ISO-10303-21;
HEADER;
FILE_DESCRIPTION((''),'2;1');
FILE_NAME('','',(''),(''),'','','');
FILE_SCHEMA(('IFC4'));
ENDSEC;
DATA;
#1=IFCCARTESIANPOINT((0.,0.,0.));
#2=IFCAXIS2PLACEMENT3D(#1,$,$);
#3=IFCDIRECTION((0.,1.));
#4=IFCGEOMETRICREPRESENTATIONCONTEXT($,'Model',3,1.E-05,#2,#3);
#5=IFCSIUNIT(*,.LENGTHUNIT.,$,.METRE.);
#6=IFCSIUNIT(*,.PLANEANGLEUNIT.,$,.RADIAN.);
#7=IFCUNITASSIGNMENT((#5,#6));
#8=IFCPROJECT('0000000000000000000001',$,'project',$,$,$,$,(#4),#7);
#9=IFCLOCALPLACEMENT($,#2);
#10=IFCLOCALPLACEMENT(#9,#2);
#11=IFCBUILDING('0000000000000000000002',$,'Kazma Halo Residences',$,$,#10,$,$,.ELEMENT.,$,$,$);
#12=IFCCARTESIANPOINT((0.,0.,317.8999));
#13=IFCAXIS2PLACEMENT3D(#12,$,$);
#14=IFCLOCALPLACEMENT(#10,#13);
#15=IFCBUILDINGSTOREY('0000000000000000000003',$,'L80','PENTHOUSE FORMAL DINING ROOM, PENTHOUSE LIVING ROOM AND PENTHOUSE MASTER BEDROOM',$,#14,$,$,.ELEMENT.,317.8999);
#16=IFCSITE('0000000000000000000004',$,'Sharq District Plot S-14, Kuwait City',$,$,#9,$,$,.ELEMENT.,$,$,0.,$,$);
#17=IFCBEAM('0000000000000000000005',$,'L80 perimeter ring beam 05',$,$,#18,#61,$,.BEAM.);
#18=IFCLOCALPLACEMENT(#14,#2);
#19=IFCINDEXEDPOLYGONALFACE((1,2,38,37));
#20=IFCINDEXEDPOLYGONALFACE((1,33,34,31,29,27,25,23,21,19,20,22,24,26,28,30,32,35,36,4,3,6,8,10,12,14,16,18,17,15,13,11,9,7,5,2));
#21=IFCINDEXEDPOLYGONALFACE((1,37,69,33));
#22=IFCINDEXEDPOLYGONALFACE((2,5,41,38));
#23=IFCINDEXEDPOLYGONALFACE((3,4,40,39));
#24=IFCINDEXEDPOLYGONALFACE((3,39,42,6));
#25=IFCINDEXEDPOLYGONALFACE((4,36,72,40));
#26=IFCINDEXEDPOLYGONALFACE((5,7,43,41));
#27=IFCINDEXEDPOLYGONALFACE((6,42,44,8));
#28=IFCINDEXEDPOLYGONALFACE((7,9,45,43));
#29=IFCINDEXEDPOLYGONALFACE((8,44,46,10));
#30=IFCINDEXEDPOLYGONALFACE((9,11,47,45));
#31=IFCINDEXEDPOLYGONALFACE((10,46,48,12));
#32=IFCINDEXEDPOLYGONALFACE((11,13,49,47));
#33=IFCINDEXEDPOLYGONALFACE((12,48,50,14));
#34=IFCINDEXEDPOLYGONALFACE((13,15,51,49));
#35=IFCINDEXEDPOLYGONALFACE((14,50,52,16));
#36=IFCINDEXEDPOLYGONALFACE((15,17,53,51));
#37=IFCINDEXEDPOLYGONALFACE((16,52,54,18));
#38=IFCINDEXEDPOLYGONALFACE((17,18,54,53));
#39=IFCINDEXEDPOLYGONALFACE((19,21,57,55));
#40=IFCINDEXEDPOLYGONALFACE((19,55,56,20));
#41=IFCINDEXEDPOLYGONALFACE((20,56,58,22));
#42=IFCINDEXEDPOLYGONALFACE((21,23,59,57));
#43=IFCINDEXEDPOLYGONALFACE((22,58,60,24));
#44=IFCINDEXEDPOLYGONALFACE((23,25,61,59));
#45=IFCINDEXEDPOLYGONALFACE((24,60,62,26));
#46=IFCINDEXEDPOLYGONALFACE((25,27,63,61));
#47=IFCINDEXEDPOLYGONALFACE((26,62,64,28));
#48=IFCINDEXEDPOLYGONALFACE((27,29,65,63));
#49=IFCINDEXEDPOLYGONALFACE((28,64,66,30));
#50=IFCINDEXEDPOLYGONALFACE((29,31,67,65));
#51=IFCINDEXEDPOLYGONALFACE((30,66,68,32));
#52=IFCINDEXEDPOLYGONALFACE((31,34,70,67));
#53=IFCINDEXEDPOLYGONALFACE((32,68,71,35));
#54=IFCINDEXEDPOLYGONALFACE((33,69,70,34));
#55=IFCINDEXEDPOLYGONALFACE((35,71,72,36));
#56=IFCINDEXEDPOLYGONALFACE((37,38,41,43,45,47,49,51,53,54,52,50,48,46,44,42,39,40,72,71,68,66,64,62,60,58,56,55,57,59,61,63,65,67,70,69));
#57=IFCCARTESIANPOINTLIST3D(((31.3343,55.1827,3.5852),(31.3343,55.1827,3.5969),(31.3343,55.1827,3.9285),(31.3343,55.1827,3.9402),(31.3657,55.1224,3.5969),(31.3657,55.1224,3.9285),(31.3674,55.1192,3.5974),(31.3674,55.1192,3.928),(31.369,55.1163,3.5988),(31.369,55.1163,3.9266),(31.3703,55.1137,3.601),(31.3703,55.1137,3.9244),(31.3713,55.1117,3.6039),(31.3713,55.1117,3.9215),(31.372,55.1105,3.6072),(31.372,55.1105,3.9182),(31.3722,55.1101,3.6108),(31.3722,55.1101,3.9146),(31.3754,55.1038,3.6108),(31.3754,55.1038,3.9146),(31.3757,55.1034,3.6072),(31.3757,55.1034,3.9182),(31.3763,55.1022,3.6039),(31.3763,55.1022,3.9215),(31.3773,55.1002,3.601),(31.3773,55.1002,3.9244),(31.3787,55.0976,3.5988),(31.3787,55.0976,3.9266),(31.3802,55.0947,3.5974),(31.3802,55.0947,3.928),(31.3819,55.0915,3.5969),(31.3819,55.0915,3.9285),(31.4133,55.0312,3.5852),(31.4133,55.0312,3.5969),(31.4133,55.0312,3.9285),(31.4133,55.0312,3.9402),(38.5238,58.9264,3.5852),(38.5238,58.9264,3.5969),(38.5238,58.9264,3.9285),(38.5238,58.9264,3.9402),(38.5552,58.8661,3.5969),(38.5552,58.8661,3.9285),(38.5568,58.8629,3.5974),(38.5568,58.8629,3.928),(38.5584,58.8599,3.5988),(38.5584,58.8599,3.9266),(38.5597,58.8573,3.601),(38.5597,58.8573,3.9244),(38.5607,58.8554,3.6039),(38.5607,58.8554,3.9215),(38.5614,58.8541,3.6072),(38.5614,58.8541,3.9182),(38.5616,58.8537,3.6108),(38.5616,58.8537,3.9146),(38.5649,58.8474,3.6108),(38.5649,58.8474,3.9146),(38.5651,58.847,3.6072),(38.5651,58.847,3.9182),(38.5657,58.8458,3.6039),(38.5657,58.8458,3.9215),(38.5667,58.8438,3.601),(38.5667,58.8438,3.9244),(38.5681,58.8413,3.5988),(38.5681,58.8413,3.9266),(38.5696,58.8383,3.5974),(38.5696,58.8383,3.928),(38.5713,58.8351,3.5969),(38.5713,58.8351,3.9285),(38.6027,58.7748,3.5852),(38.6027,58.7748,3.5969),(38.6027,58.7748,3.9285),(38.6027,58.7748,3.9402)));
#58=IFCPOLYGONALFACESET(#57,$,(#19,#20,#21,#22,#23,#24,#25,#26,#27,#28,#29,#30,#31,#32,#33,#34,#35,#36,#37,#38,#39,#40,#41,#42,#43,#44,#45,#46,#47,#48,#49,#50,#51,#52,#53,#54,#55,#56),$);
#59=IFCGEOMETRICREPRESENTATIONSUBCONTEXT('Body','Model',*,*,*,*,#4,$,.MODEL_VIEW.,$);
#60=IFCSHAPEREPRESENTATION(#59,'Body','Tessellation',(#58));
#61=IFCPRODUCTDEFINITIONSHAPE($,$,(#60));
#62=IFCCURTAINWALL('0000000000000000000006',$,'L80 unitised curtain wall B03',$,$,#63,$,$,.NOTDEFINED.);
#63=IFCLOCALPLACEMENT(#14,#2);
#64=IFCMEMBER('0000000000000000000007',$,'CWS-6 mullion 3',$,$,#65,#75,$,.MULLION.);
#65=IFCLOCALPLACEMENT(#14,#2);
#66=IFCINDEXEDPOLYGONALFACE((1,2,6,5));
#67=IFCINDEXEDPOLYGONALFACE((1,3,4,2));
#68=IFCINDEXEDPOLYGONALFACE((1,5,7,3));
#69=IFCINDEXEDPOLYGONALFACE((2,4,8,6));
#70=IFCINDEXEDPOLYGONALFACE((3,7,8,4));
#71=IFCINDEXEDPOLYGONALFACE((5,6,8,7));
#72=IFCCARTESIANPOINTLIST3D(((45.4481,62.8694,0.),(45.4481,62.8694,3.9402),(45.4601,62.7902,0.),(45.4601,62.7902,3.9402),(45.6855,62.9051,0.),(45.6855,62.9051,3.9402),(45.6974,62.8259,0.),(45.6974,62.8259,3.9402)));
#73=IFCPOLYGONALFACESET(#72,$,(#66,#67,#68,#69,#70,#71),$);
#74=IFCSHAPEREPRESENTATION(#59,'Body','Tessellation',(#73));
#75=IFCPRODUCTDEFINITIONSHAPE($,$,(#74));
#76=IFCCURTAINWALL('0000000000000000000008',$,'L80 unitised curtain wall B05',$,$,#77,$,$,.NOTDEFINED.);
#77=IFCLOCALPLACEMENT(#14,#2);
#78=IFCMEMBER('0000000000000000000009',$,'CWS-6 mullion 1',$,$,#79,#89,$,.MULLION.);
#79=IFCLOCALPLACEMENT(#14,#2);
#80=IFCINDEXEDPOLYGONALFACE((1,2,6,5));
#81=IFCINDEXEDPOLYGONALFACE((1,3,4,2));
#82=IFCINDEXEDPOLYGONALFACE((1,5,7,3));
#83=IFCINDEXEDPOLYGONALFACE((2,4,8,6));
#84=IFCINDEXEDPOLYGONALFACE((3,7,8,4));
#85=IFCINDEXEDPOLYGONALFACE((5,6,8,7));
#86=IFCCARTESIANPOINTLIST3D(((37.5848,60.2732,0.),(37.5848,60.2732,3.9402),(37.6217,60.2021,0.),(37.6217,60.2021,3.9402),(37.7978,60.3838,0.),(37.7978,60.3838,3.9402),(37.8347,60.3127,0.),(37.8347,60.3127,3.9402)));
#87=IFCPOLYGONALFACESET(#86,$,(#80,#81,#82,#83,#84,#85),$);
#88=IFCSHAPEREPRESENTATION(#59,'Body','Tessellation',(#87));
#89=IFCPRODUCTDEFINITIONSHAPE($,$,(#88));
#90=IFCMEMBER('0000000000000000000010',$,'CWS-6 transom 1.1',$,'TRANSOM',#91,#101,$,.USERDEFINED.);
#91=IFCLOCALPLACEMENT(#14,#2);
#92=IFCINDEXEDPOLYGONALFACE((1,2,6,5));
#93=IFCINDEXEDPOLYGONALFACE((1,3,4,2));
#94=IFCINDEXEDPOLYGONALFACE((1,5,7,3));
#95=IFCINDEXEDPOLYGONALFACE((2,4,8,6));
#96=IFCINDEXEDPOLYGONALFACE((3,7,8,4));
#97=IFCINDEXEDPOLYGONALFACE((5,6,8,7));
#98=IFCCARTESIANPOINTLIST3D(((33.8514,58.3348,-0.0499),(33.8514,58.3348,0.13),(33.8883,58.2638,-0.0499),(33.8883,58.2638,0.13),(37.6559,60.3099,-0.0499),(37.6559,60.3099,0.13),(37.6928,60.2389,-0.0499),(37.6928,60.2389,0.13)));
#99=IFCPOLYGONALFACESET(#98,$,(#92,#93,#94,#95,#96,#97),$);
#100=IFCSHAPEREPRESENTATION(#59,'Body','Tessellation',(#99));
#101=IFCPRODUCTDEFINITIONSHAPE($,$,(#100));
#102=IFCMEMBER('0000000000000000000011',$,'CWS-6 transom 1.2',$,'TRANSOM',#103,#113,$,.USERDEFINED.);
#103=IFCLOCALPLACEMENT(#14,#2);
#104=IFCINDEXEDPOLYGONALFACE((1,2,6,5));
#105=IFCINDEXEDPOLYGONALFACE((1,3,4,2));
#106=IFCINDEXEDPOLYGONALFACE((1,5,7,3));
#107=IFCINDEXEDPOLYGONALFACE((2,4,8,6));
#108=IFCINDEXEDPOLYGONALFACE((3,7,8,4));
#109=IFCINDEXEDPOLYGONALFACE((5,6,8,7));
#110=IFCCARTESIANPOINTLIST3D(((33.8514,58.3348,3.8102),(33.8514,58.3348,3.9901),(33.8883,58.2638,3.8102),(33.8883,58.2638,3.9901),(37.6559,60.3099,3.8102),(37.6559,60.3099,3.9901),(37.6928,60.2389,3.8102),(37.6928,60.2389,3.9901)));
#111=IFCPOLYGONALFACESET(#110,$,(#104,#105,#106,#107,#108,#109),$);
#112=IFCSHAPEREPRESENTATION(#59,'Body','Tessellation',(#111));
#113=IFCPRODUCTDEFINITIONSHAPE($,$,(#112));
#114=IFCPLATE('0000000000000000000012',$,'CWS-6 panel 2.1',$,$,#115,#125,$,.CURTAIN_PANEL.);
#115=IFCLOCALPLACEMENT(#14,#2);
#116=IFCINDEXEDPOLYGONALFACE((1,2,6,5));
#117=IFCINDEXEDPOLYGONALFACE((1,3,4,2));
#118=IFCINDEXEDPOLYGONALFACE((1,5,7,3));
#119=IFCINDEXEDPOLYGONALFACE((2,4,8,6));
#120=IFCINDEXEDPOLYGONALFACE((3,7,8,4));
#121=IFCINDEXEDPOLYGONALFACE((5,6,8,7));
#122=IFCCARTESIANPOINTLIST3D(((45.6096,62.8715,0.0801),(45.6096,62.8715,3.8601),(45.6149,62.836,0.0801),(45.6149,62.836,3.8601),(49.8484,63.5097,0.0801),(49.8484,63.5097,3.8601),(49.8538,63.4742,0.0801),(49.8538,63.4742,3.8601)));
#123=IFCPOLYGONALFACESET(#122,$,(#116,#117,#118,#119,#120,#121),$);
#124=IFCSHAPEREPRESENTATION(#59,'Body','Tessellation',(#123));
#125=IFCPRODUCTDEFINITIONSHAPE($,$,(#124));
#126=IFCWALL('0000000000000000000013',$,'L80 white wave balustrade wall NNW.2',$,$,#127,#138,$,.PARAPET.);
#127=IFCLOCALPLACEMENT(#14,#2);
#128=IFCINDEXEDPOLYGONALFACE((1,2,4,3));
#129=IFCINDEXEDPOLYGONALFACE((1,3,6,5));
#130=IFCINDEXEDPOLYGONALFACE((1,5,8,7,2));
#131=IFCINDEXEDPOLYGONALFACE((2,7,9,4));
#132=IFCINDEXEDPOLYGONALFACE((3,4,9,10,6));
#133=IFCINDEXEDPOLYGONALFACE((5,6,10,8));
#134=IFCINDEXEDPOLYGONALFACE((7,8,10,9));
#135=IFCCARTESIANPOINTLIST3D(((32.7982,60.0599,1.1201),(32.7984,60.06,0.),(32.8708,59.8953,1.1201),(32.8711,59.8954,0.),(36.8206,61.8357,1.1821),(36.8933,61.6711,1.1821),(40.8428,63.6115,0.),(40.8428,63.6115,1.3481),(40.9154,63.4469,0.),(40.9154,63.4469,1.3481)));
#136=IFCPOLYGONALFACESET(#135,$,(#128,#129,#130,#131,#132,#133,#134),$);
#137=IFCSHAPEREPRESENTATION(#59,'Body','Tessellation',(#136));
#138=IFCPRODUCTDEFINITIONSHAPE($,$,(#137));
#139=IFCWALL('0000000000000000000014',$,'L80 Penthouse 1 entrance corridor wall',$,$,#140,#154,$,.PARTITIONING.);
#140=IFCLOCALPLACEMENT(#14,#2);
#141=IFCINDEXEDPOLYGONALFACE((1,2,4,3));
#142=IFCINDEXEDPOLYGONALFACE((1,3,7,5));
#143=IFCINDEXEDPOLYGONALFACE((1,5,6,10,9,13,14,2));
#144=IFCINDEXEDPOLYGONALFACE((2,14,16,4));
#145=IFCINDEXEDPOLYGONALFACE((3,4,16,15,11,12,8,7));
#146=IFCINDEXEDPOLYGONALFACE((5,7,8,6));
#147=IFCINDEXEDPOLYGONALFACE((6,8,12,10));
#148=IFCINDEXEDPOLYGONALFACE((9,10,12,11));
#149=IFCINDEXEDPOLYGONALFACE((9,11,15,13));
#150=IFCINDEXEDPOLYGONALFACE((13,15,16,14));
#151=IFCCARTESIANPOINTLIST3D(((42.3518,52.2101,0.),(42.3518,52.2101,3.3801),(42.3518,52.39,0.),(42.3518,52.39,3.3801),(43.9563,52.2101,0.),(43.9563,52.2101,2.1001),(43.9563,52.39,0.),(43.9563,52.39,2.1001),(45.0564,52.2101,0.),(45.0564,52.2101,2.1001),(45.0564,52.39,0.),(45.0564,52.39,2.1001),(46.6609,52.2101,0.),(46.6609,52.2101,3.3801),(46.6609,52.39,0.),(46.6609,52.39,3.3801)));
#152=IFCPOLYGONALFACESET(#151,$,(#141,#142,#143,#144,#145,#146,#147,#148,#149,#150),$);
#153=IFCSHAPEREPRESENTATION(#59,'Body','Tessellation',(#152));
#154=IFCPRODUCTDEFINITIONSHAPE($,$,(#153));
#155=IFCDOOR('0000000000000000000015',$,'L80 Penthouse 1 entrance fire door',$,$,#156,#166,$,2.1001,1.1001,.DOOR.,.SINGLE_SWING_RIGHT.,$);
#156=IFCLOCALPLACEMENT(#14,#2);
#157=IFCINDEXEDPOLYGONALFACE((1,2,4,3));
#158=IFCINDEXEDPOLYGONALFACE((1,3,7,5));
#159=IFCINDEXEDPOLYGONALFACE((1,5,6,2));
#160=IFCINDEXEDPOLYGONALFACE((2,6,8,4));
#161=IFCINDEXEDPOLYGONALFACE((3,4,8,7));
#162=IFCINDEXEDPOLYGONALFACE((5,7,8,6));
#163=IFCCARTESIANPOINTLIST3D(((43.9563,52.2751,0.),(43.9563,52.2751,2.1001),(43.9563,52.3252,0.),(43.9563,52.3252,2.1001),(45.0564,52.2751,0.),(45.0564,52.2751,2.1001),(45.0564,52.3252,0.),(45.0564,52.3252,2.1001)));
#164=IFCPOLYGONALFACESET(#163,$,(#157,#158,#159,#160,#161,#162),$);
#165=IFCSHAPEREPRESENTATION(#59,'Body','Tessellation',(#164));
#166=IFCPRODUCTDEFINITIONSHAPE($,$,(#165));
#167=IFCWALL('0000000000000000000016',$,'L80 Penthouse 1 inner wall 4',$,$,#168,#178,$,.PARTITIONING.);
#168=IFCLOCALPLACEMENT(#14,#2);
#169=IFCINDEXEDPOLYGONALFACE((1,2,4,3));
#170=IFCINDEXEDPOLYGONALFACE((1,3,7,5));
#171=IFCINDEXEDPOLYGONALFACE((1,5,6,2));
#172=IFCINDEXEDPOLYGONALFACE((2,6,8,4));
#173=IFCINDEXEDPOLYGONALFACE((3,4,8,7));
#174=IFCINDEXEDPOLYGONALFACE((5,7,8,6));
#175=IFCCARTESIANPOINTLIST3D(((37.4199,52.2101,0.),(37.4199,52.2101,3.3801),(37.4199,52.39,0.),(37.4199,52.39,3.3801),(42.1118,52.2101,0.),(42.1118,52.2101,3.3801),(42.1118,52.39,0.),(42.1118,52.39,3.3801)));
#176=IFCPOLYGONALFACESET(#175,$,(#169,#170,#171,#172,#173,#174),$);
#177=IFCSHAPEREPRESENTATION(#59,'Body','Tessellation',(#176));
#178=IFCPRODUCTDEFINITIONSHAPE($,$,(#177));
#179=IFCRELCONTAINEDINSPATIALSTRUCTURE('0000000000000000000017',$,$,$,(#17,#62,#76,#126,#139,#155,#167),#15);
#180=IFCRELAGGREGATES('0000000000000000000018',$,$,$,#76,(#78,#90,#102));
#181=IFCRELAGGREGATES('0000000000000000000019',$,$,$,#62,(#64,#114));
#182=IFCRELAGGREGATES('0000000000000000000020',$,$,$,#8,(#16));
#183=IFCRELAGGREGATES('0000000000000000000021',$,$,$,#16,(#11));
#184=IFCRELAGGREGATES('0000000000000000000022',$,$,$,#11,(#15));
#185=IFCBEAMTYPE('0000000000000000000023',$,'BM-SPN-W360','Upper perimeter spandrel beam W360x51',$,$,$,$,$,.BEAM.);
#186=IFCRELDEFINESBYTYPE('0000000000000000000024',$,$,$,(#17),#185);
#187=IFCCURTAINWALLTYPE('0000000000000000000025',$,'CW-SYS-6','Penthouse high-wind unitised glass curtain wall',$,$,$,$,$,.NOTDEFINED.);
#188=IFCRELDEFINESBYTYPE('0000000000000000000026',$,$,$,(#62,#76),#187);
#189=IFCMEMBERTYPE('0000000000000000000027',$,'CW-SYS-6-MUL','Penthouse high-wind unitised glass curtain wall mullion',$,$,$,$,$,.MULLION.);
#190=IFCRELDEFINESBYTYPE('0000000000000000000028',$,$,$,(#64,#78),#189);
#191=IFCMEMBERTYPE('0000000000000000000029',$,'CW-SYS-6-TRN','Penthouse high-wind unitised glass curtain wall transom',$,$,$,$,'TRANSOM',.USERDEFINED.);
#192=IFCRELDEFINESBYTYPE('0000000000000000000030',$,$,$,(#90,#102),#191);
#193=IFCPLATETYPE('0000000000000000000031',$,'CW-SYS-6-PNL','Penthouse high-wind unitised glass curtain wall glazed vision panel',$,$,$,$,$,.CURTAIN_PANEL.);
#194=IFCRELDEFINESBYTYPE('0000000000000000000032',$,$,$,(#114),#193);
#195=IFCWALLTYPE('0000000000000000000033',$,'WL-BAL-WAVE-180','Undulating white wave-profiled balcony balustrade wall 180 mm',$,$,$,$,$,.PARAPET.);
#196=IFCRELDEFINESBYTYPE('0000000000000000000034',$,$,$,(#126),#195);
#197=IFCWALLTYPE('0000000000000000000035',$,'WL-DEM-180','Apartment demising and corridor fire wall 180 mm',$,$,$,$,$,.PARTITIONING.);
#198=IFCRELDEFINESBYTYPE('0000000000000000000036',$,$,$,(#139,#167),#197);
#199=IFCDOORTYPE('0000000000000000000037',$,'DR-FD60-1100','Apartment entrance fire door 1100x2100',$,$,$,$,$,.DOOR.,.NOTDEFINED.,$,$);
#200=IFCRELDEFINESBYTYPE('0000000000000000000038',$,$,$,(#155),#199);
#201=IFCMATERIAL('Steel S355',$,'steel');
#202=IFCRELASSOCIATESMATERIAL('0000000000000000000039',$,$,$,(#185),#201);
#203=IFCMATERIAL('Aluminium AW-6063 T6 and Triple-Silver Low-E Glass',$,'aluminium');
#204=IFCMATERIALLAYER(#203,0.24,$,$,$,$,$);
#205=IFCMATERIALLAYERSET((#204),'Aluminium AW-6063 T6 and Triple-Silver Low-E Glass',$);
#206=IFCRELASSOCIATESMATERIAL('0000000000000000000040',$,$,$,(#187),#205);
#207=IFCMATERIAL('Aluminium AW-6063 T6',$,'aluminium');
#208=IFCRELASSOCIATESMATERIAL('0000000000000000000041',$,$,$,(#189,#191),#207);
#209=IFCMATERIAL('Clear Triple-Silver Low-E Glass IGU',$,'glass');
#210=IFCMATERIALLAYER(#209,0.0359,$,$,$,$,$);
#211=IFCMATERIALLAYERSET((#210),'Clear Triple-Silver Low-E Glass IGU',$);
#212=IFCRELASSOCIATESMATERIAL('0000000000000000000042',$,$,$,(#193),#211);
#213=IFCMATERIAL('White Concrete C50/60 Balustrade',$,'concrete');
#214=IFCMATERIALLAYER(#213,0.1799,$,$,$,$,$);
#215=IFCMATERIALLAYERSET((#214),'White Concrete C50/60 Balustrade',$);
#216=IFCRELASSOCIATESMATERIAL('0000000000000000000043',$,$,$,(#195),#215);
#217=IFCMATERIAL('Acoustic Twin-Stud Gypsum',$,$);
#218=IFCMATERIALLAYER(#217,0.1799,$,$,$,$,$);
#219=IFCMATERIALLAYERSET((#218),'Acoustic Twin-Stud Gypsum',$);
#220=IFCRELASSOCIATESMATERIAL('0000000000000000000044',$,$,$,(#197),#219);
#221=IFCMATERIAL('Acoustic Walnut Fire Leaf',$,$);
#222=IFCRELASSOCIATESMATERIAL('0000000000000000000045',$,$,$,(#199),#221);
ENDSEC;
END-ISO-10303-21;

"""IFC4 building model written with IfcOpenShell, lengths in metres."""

from ifc_helpers import new_model, si_unit, direction, frame, frame_2d, origin, origin_2d, place, context, subcontext, project, spatial, polyline, rectangle, i_section, outline, extrude, material, layer, layer_set, material_profile, profile_set, type_object, element, fill, aggregate, save


model = new_model("IFC4")

# Units and contexts
model_context = context("Model", 3, precision=1e-05, world=origin(), true_north=direction((0.0, 1.0)))
body_context = subcontext(model_context, "Body", "Model", "MODEL_VIEW")
ifc_project = project(units=[si_unit("LENGTHUNIT", "METRE"), si_unit("PLANEANGLEUNIT", "RADIAN")], contexts=[model_context])

# Site, building, storey
site_placement = place(None, origin())
site = spatial("IfcSite", under=ifc_project, at=site_placement, Name="Sharq District Plot S-14, Kuwait City", CompositionType="ELEMENT", RefElevation=0.0)
building_placement = place(site_placement, origin())
building = spatial("IfcBuilding", under=site, at=building_placement, Name="Kazma Halo Residences", CompositionType="ELEMENT")
storey_placement = place(building_placement, frame((0.0, 0.0, 317.8999)))
storey = spatial("IfcBuildingStorey", under=building, at=storey_placement, Name="L80", Description="PENTHOUSE FORMAL DINING ROOM, PENTHOUSE LIVING ROOM AND PENTHOUSE MASTER BEDROOM", CompositionType="ELEMENT", Elevation=317.8999)

# Beam
ifc_material_1 = material(Name="Steel S355", Category="steel")
ifc_material_profile_1 = material_profile(ifc_material_1, i_section(OverallWidth=0.1709, OverallDepth=0.355, WebThickness=0.0071, FlangeThickness=0.0117, FilletRadius=0.0139, at=origin_2d()), Name="W360x51")
ifc_profile_set_1 = profile_set([ifc_material_profile_1], Name="Steel S355")
beam_type_1 = type_object("IfcBeamType", Name="BM-SPN-W360", Description="Upper perimeter spandrel beam W360x51", PredefinedType="BEAM", material=ifc_profile_set_1)
beam_1_placement = place(storey_placement, frame((38.5632, 58.8506, 3.7627), z_axis=(-0.886957, -0.461851, 0.0), x_axis=(0.461851, -0.886957, 0.0)))
element("IfcBeam", 1, at=beam_1_placement, inside=storey, type_object=beam_type_1, Name="L80 perimeter ring beam 05", PredefinedType="BEAM", context=body_context, shape_type="SweptSolid", body=[
    extrude(i_section(OverallWidth=0.1709, OverallDepth=0.355, WebThickness=0.0071, FlangeThickness=0.0117, FilletRadius=0.0139, at=origin_2d()), origin(), (0.0, 0.0, 1.0), 8.1057),
])

# Curtain wall, member
ifc_material_2 = material(Name="Aluminium AW-6063 T6 and Triple-Silver Low-E Glass", Category="aluminium")
ifc_layer_1 = layer(ifc_material_2, 0.24)
ifc_layer_set_1 = layer_set([ifc_layer_1], Name="Aluminium AW-6063 T6 and Triple-Silver Low-E Glass")
curtain_wall_type = type_object("IfcCurtainWallType", Name="CW-SYS-6", Description="Penthouse high-wind unitised glass curtain wall", PredefinedType="NOTDEFINED", material=ifc_layer_set_1)
curtain_wall_1_placement = place(storey_placement, origin())
curtain_wall_1 = element("IfcCurtainWall", 2, at=curtain_wall_1_placement, inside=storey, type_object=curtain_wall_type, Name="L80 unitised curtain wall B03", PredefinedType="NOTDEFINED")
ifc_material_3 = material(Name="Aluminium AW-6063 T6", Category="aluminium")
ifc_material_profile_2 = material_profile(ifc_material_3, rectangle(XDim=0.0801, YDim=0.24, at=origin_2d()), Name="CWM-80x240")
ifc_profile_set_2 = profile_set([ifc_material_profile_2], Name="Aluminium AW-6063 T6")
member_type_1 = type_object("IfcMemberType", Name="CW-SYS-6-MUL", Description="Penthouse high-wind unitised glass curtain wall mullion", PredefinedType="MULLION", material=ifc_profile_set_2)
member_1_placement = place(storey_placement, frame((45.5728, 62.8477, 0.0), z_axis=(0.0, 0.0, 1.0), x_axis=(0.148871, -0.988857, 0.0)))
member_1 = element("IfcMember", 3, at=member_1_placement, type_object=member_type_1, Name="CWS-6 mullion 3", PredefinedType="MULLION", context=body_context, shape_type="SweptSolid", body=[
    extrude(rectangle(XDim=0.0801, YDim=0.24, at=origin_2d()), origin(), (0.0, 0.0, 1.0), 3.9402),
])

# Curtain wall, members
curtain_wall_2_placement = place(storey_placement, origin())
curtain_wall_2 = element("IfcCurtainWall", 4, at=curtain_wall_2_placement, inside=storey, type_object=curtain_wall_type, Name="L80 unitised curtain wall B05", PredefinedType="NOTDEFINED")
member_2_placement = place(storey_placement, frame((37.7097, 60.293, 0.0), z_axis=(0.0, 0.0, 1.0), x_axis=(0.460796, -0.887506, 0.0)))
member_2 = element("IfcMember", 5, at=member_2_placement, type_object=member_type_1, Name="CWS-6 mullion 1", PredefinedType="MULLION", context=body_context, shape_type="SweptSolid", body=[
    extrude(rectangle(XDim=0.0801, YDim=0.24, at=origin_2d()), origin(), (0.0, 0.0, 1.0), 3.9402),
])
ifc_material_profile_3 = material_profile(ifc_material_3, rectangle(XDim=0.0801, YDim=0.1799, at=origin_2d()), Name="CWT-80x180")
ifc_profile_set_3 = profile_set([ifc_material_profile_3], Name="Aluminium AW-6063 T6")
member_type_2 = type_object("IfcMemberType", Name="CW-SYS-6-TRN", Description="Penthouse high-wind unitised glass curtain wall transom", ElementType="TRANSOM", PredefinedType="USERDEFINED", material=ifc_profile_set_3)
member_3_placement = place(storey_placement, frame((37.6743, 60.2744, 0.04), z_axis=(-0.887523, -0.460763, 0.0), x_axis=(0.460763, -0.887523, 0.0)))
member_3 = element("IfcMember", 6, at=member_3_placement, type_object=member_type_2, Name="CWS-6 transom 1.1", ObjectType="TRANSOM", PredefinedType="USERDEFINED", context=body_context, shape_type="SweptSolid", body=[
    extrude(rectangle(XDim=0.0801, YDim=0.1799, at=origin_2d()), origin(), (0.0, 0.0, 1.0), 4.2866),
])
member_4_placement = place(storey_placement, frame((37.6743, 60.2744, 3.9001), z_axis=(-0.887523, -0.460763, 0.0), x_axis=(0.460763, -0.887523, 0.0)))
member_4 = element("IfcMember", 7, at=member_4_placement, type_object=member_type_2, Name="CWS-6 transom 1.2", ObjectType="TRANSOM", PredefinedType="USERDEFINED", context=body_context, shape_type="SweptSolid", body=[
    extrude(rectangle(XDim=0.0801, YDim=0.1799, at=origin_2d()), origin(), (0.0, 0.0, 1.0), 4.2866),
])
aggregate(curtain_wall_2, [member_2, member_3, member_4])

# Plate
ifc_material_4 = material(Name="Clear Triple-Silver Low-E Glass IGU", Category="glass")
ifc_layer_2 = layer(ifc_material_4, 0.0359)
ifc_layer_set_2 = layer_set([ifc_layer_2], Name="Clear Triple-Silver Low-E Glass IGU")
plate_type = type_object("IfcPlateType", Name="CW-SYS-6-PNL", Description="Penthouse high-wind unitised glass curtain wall glazed vision panel", PredefinedType="CURTAIN_PANEL", material=ifc_layer_set_2)
plate_placement = place(storey_placement, frame((47.7317, 63.1729, 0.0801), z_axis=(0.0, 0.0, 1.0), x_axis=(-0.988857, -0.148871, 0.0)))
plate = element("IfcPlate", 8, at=plate_placement, type_object=plate_type, Name="CWS-6 panel 2.1", PredefinedType="CURTAIN_PANEL", context=body_context, shape_type="SweptSolid", body=[
    extrude(rectangle(XDim=4.2866, YDim=0.0359, at=origin_2d()), origin(), (0.0, 0.0, 1.0), 3.78),
])
aggregate(curtain_wall_1, [member_1, plate])

# Wall
ifc_material_5 = material(Name="White Concrete C50/60 Balustrade", Category="concrete")
ifc_layer_3 = layer(ifc_material_5, 0.1799)
ifc_layer_set_3 = layer_set([ifc_layer_3], Name="White Concrete C50/60 Balustrade")
wall_type_1 = type_object("IfcWallType", Name="WL-BAL-WAVE-180", Description="Undulating white wave-profiled balcony balustrade wall 180 mm", PredefinedType="PARAPET", material=ifc_layer_set_3)
wall_1_placement = place(storey_placement, frame((40.8792, 63.5291, 0.0), z_axis=(0.0, 0.0, 1.0), x_axis=(-0.914813, -0.403878, 0.0)))
element("IfcWall", 9, at=wall_1_placement, inside=storey, type_object=wall_type_1, Name="L80 white wave balustrade wall NNW.2", PredefinedType="PARAPET", context=body_context, shape_type="SweptSolid", body=[
    extrude(outline(polyline([(0.0, 0.0), (8.7935, 0.0), (8.7937, 1.1201), (4.3967, 1.1821), (0.0, 1.3481), (0.0, 0.0)])), frame((0.0, 0.0898, 0.0), z_axis=(0.0, -1.0, 0.0), x_axis=(1.0, 0.0, 0.0)), (0.0, 0.0, 1.0), 0.1799),
])

# Wall, opening, door
ifc_material_6 = material(Name="Acoustic Twin-Stud Gypsum")
ifc_layer_4 = layer(ifc_material_6, 0.1799)
ifc_layer_set_4 = layer_set([ifc_layer_4], Name="Acoustic Twin-Stud Gypsum")
wall_type_2 = type_object("IfcWallType", Name="WL-DEM-180", Description="Apartment demising and corridor fire wall 180 mm", PredefinedType="PARTITIONING", material=ifc_layer_set_4)
wall_2_placement = place(storey_placement, frame((46.6609, 52.3, 0.0), z_axis=(0.0, 0.0, 1.0), x_axis=(-1.0, 0.0, 0.0)))
wall_2 = element("IfcWall", 10, at=wall_2_placement, inside=storey, type_object=wall_type_2, Name="L80 Penthouse 1 entrance corridor wall", PredefinedType="PARTITIONING", context=body_context, shape_type="SweptSolid", body=[
    extrude(rectangle(XDim=4.3091, YDim=0.1799, at=frame_2d((2.1545, 0.0))), origin(), (0.0, 0.0, 1.0), 3.3801),
])
opening_1_placement = place(wall_2_placement, frame((1.6045, 0.0, 0.0)))
opening_1 = element("IfcOpeningElement", 11, at=opening_1_placement, cuts=wall_2, PredefinedType="OPENING", context=body_context, shape_type="SweptSolid", body=[
    extrude(rectangle(XDim=1.1001, YDim=2.1001, at=frame_2d((0.55, 1.05))), frame((0.0, 0.0999, 0.0), z_axis=(0.0, -1.0, 0.0), x_axis=(1.0, 0.0, 0.0)), (0.0, 0.0, 1.0), 0.2),
])
ifc_material_7 = material(Name="Acoustic Walnut Fire Leaf")
door_type_1 = type_object("IfcDoorType", Name="DR-FD60-1100", Description="Apartment entrance fire door 1100x2100", OperationType="NOTDEFINED", PredefinedType="DOOR", material=ifc_material_7)
door_1_placement = place(opening_1_placement, origin())
door_1 = element("IfcDoor", 12, at=door_1_placement, inside=storey, type_object=door_type_1, Name="L80 Penthouse 1 entrance fire door", OperationType="SINGLE_SWING_RIGHT", OverallHeight=2.1001, OverallWidth=1.1001, PredefinedType="DOOR", context=body_context, shape_type="SweptSolid", body=[
    extrude(rectangle(XDim=1.1001, YDim=2.1001, at=frame_2d((0.55, 1.05))), frame((0.0, 0.0249, 0.0), z_axis=(0.0, -1.0, 0.0), x_axis=(1.0, 0.0, 0.0)), (0.0, 0.0, 1.0), 0.05),
])
fill(opening_1, door_1)

# Wall
wall_3_placement = place(storey_placement, frame((42.1118, 52.3, 0.0), z_axis=(0.0, 0.0, 1.0), x_axis=(-1.0, 0.0, 0.0)))
element("IfcWall", 13, at=wall_3_placement, inside=storey, type_object=wall_type_2, Name="L80 Penthouse 1 inner wall 4", PredefinedType="PARTITIONING", context=body_context, shape_type="SweptSolid", body=[
    extrude(rectangle(XDim=4.6919, YDim=0.1799, at=frame_2d((2.3459, 0.0))), origin(), (0.0, 0.0, 1.0), 3.3801),
])

save(model, "model.ifc")
